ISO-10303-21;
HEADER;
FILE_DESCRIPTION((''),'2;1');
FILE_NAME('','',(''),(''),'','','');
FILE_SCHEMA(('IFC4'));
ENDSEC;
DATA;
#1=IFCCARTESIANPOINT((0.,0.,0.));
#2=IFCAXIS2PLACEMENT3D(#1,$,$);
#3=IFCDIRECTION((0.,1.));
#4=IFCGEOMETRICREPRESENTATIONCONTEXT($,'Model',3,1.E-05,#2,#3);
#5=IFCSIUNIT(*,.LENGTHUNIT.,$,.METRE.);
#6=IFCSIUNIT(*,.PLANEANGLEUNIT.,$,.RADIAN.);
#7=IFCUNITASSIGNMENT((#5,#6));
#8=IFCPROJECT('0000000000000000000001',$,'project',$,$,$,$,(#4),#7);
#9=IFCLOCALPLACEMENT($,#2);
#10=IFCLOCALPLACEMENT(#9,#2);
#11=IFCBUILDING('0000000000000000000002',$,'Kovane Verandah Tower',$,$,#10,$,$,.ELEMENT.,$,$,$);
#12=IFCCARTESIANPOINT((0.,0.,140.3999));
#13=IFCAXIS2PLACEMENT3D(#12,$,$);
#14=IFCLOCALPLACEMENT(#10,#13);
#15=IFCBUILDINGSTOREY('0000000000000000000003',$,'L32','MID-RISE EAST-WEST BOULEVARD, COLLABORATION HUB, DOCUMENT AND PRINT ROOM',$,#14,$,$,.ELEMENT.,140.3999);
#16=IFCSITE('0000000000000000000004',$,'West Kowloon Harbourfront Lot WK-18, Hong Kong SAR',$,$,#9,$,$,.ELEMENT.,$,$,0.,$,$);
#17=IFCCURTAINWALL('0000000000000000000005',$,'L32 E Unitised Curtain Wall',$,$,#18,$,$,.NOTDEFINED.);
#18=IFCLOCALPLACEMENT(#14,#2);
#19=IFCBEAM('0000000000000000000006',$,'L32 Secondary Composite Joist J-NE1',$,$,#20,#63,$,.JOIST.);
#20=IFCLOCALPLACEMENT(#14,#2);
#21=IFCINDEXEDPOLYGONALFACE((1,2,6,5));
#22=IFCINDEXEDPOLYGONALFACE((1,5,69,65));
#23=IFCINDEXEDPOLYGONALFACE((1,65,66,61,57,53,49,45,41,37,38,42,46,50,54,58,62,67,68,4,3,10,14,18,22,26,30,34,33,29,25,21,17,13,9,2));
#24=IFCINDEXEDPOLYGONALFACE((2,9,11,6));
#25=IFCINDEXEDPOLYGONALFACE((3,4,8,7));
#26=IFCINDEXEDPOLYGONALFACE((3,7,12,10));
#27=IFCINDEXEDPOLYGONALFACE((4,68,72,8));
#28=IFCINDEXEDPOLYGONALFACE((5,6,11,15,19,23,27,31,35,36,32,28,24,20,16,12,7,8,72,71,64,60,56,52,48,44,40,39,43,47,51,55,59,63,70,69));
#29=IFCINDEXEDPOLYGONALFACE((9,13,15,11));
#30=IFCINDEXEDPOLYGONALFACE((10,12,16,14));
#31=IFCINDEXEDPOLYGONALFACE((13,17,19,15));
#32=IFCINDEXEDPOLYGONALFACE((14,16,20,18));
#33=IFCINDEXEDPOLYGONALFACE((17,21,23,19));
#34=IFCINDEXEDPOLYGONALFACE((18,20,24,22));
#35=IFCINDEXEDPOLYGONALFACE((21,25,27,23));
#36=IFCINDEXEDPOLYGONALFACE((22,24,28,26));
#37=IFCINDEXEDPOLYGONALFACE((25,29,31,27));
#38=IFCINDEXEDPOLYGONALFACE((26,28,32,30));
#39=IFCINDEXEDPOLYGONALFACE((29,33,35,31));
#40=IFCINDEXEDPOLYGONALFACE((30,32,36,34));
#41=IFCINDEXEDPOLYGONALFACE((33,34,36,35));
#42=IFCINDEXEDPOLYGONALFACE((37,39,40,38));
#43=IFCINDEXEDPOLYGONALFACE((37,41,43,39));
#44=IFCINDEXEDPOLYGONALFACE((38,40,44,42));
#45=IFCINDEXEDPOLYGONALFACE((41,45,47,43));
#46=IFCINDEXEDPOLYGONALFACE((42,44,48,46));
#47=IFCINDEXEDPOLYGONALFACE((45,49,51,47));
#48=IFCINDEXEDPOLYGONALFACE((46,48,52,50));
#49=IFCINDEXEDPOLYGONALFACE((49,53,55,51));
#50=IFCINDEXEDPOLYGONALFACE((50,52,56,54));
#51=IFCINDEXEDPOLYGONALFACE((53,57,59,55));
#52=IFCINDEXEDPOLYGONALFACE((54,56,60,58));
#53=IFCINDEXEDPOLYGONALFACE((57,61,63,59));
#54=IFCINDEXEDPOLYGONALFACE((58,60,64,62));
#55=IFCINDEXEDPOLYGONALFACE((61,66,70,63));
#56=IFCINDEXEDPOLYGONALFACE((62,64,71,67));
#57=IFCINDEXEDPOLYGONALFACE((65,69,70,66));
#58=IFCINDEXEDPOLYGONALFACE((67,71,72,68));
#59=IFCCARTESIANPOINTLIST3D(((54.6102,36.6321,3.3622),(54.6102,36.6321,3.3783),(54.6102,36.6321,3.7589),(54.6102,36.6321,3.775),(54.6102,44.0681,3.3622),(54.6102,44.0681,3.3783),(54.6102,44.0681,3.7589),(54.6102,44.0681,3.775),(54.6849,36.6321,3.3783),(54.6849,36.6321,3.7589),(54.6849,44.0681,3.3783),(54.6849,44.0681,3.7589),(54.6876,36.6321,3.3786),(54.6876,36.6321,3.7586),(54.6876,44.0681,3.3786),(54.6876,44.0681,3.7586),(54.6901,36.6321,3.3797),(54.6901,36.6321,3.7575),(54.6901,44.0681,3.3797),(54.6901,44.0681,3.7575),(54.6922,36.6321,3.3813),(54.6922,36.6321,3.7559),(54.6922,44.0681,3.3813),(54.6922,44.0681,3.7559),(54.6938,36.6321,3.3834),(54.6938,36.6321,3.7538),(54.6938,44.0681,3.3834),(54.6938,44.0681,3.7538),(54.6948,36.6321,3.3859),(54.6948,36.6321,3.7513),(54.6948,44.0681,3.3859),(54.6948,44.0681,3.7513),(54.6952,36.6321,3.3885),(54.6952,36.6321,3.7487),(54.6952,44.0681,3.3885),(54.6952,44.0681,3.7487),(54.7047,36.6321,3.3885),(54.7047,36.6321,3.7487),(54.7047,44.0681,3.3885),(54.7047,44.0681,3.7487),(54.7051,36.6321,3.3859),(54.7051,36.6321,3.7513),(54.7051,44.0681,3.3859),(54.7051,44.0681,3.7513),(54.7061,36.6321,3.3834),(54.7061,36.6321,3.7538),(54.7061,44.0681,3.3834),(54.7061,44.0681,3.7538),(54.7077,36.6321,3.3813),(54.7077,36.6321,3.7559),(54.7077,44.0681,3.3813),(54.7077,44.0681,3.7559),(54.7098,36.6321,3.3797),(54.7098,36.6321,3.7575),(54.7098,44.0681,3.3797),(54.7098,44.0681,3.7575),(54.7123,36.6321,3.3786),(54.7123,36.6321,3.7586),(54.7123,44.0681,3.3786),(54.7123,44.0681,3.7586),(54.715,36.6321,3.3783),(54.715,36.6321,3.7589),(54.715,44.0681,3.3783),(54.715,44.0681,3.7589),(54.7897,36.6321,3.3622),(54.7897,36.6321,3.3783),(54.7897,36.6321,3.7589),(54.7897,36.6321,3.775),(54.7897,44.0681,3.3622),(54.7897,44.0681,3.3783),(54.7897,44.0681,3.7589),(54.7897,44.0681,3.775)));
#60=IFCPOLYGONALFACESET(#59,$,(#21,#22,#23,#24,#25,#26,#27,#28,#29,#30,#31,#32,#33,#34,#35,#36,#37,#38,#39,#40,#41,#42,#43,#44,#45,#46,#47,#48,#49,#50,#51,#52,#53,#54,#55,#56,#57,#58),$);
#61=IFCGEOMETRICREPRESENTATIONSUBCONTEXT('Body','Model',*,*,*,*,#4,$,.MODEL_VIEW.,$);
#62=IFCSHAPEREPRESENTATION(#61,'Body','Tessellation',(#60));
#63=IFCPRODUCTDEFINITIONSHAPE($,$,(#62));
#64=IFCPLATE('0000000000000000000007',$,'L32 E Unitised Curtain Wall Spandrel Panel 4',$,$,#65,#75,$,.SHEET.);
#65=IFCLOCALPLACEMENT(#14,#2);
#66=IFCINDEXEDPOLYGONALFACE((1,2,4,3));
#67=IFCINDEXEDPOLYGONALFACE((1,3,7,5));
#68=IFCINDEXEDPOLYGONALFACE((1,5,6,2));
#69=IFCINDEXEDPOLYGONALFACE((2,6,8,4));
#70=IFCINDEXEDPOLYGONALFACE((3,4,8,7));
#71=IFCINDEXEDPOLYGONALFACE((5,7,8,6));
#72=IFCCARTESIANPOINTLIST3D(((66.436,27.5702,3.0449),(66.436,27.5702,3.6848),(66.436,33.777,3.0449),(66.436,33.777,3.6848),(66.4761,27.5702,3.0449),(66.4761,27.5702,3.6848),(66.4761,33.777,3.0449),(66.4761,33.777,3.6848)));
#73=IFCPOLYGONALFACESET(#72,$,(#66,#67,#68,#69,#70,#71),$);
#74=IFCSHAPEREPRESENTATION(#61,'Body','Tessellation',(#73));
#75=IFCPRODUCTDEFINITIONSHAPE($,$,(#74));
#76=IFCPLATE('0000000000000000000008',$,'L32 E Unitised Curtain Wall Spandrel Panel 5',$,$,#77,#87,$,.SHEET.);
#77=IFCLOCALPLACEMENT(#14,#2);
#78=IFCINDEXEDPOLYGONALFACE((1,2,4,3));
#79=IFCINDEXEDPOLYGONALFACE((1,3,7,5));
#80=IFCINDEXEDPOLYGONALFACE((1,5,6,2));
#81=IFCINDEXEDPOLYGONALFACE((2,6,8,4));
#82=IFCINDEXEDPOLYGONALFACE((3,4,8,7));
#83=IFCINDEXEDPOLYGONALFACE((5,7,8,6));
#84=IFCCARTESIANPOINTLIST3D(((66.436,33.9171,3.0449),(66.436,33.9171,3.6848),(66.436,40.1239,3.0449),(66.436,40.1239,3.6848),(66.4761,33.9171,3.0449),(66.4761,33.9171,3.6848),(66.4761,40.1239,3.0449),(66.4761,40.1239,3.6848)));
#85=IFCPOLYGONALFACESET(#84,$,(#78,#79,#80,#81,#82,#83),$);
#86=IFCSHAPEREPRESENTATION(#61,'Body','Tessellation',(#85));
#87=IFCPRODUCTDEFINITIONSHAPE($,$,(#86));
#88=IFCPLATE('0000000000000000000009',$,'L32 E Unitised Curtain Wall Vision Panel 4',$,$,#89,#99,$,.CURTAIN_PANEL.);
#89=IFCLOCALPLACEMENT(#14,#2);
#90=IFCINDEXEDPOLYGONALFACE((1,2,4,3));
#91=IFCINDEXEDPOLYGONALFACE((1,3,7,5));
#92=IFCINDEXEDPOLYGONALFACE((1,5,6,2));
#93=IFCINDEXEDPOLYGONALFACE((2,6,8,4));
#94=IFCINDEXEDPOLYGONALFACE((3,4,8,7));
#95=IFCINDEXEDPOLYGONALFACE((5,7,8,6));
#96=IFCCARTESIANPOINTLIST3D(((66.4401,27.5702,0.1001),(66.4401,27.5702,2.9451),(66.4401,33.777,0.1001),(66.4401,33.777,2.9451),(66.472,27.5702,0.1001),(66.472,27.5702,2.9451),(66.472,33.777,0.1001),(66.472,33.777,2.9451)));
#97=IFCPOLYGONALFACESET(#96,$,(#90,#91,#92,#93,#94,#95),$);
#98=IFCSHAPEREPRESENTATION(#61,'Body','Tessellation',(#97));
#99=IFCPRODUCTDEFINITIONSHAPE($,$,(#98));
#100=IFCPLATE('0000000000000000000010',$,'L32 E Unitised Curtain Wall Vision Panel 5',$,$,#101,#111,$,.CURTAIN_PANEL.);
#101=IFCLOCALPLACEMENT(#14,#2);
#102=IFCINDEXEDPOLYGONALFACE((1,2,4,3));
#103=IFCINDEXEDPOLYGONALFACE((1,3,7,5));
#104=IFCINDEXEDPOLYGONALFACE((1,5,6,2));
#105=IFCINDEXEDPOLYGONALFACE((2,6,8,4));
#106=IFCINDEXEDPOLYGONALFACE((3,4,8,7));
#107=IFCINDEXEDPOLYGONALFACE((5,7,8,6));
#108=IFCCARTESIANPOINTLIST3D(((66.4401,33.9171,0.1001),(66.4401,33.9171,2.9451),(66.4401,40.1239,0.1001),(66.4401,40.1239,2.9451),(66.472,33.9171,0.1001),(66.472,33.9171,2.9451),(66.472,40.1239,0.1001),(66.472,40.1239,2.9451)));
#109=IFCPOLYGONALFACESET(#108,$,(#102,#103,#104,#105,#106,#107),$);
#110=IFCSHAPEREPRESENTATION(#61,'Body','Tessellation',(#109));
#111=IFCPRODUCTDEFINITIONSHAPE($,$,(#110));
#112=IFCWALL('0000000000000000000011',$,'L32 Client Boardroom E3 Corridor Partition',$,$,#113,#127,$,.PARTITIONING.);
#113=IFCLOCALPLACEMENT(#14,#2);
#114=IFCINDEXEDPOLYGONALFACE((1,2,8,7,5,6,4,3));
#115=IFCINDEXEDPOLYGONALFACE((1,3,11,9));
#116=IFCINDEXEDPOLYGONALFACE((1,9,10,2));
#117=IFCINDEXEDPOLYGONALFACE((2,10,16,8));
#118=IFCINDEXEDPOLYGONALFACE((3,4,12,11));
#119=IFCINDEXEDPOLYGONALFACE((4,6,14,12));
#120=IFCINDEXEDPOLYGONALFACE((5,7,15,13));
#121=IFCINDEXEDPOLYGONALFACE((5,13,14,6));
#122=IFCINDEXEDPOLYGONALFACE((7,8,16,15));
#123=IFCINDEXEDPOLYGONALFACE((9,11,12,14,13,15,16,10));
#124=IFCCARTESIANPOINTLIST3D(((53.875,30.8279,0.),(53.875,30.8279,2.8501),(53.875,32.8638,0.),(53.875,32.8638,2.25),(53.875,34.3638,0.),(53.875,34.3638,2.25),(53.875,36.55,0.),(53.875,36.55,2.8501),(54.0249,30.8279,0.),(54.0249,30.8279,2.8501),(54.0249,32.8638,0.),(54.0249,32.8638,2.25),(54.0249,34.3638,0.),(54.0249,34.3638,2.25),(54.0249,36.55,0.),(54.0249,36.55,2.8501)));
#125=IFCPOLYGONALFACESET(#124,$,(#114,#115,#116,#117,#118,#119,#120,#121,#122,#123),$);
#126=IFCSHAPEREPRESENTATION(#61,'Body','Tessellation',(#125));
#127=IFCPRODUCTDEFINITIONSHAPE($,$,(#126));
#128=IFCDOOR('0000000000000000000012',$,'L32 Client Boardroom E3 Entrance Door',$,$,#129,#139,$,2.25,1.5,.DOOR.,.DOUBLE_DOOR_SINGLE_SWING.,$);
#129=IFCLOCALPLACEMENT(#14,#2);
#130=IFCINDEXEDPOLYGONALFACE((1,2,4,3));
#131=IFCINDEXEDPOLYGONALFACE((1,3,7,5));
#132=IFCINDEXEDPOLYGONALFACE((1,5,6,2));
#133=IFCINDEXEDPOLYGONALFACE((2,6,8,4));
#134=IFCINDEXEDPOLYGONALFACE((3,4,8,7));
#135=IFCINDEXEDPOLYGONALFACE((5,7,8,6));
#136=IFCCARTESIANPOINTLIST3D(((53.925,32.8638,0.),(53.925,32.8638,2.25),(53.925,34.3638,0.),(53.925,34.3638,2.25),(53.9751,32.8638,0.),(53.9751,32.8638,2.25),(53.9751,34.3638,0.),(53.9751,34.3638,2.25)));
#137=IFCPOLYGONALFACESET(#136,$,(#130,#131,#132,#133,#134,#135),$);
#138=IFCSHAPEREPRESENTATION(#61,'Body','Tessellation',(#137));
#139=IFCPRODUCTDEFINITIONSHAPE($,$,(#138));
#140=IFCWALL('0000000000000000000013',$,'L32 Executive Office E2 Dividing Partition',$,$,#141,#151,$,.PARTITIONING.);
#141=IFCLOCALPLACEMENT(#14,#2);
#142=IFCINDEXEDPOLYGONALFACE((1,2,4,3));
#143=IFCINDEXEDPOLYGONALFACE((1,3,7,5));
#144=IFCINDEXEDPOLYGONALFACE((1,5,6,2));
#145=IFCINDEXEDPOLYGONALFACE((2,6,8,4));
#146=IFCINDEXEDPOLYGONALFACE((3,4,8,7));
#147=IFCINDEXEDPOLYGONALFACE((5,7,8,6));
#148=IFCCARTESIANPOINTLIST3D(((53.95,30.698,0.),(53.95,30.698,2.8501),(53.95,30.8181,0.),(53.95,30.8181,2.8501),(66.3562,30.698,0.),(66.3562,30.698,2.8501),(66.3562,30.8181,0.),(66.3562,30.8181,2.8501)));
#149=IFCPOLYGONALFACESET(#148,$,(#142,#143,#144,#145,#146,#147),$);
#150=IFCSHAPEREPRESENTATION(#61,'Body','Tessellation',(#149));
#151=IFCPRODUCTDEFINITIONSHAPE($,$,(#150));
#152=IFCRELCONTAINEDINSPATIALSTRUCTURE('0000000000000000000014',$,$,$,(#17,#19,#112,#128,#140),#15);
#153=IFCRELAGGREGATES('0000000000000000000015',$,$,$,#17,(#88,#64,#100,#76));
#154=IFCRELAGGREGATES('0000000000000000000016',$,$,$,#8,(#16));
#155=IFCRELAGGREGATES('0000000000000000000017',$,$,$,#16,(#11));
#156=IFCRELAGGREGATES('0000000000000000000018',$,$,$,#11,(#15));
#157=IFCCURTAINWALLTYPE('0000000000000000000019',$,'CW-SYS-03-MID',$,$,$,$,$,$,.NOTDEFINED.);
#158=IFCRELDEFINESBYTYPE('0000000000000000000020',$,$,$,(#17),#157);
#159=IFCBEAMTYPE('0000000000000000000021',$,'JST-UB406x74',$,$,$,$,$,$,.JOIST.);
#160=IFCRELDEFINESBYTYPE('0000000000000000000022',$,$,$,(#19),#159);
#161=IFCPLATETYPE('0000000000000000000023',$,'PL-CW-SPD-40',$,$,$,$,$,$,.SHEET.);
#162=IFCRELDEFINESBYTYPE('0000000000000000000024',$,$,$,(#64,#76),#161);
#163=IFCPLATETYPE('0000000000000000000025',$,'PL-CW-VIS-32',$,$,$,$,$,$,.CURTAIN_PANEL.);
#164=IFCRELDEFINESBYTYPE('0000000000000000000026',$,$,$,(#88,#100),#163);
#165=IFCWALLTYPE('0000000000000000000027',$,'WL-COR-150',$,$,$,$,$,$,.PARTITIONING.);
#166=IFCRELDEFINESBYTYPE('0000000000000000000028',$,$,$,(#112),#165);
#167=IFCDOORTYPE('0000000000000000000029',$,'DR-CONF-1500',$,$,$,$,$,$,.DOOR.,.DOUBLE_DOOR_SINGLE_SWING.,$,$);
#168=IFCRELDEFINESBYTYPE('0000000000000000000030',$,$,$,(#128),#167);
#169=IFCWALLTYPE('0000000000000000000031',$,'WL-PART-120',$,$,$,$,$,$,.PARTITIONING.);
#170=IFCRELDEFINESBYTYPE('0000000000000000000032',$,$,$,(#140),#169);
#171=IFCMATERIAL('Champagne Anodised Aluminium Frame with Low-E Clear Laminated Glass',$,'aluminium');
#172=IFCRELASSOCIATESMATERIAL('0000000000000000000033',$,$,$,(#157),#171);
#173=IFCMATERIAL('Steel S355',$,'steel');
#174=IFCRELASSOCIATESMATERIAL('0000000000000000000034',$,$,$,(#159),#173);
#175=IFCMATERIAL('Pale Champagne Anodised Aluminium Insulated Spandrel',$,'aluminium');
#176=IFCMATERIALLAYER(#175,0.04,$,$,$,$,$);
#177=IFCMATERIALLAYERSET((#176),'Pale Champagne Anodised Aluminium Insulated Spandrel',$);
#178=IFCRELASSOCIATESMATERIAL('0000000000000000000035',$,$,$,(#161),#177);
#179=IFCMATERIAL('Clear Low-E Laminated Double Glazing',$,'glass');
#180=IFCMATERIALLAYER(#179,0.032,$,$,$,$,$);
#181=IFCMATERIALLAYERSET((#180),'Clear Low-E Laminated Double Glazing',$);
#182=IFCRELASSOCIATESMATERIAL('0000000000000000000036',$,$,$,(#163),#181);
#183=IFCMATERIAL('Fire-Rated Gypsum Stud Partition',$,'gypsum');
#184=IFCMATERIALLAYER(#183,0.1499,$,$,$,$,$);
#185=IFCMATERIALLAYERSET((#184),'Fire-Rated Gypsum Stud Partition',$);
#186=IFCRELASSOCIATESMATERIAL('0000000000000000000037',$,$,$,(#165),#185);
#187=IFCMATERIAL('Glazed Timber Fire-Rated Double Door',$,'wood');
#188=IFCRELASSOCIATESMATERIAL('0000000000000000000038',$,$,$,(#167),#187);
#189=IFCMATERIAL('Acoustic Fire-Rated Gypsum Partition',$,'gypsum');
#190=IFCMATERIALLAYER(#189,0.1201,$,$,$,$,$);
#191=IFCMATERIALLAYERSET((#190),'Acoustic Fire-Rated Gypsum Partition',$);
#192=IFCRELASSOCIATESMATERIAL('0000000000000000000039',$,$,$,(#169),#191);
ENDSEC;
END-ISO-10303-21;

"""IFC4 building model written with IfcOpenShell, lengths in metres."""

from ifc_helpers import new_model, si_unit, direction, frame, frame_2d, origin, origin_2d, place, context, subcontext, project, spatial, rectangle, i_section, extrude, material, layer, layer_set, material_profile, profile_set, type_object, element, fill, aggregate, save


model = new_model("IFC4")

# Units and contexts
model_context = context("Model", 3, precision=1e-05, world=origin(), true_north=direction((0.0, 1.0)))
body_context = subcontext(model_context, "Body", "Model", "MODEL_VIEW")
ifc_project = project(units=[si_unit("LENGTHUNIT", "METRE"), si_unit("PLANEANGLEUNIT", "RADIAN")], contexts=[model_context])

# Site, building, storey
site_placement = place(None, origin())
site = spatial("IfcSite", under=ifc_project, at=site_placement, Name="West Kowloon Harbourfront Lot WK-18, Hong Kong SAR", CompositionType="ELEMENT", RefElevation=0.0)
building_placement = place(site_placement, origin())
building = spatial("IfcBuilding", under=site, at=building_placement, Name="Kovane Verandah Tower", CompositionType="ELEMENT")
storey_placement = place(building_placement, frame((0.0, 0.0, 140.3999)))
storey = spatial("IfcBuildingStorey", under=building, at=storey_placement, Name="L32", Description="MID-RISE EAST-WEST BOULEVARD, COLLABORATION HUB, DOCUMENT AND PRINT ROOM", CompositionType="ELEMENT", Elevation=140.3999)

# Shared definitions
ifc_material_1 = material(Name="Steel S355", Category="steel")

# Curtain wall
ifc_material_2 = material(Name="Champagne Anodised Aluminium Frame with Low-E Clear Laminated Glass", Category="aluminium")
curtain_wall_type = type_object("IfcCurtainWallType", Name="CW-SYS-03-MID", PredefinedType="NOTDEFINED", material=ifc_material_2)
curtain_wall_placement = place(storey_placement, origin())
curtain_wall = element("IfcCurtainWall", 1, at=curtain_wall_placement, inside=storey, type_object=curtain_wall_type, Name="L32 E Unitised Curtain Wall", PredefinedType="NOTDEFINED")

# Beam
ifc_material_profile_1 = material_profile(ifc_material_1, i_section(OverallWidth=0.1794, OverallDepth=0.4128, WebThickness=0.0095, FlangeThickness=0.0161, FilletRadius=0.0103, at=origin_2d()), Name="UB406x178x74")
ifc_profile_set_1 = profile_set([ifc_material_profile_1], Name="Steel S355")
beam_type_1 = type_object("IfcBeamType", Name="JST-UB406x74", PredefinedType="JOIST", material=ifc_profile_set_1)
beam_1_placement = place(storey_placement, frame((54.7, 36.6321, 3.5686), z_axis=(0.0, 1.0, 0.0), x_axis=(-1.0, 0.0, 0.0)))
element("IfcBeam", 2, at=beam_1_placement, inside=storey, type_object=beam_type_1, Name="L32 Secondary Composite Joist J-NE1", PredefinedType="JOIST", context=body_context, shape_type="SweptSolid", body=[
    extrude(i_section(OverallWidth=0.1794, OverallDepth=0.4128, WebThickness=0.0095, FlangeThickness=0.0161, FilletRadius=0.0103, at=origin_2d()), origin(), (0.0, 0.0, 1.0), 7.436),
])

# Plates
ifc_material_3 = material(Name="Pale Champagne Anodised Aluminium Insulated Spandrel", Category="aluminium")
ifc_layer_1 = layer(ifc_material_3, 0.04)
ifc_layer_set_1 = layer_set([ifc_layer_1], Name="Pale Champagne Anodised Aluminium Insulated Spandrel")
plate_type_1 = type_object("IfcPlateType", Name="PL-CW-SPD-40", PredefinedType="SHEET", material=ifc_layer_set_1)
plate_1_placement = place(storey_placement, frame((66.4561, 30.6736, 3.0449), z_axis=(0.0, 0.0, 1.0), x_axis=(0.0, 1.0, 0.0)))
plate_1 = element("IfcPlate", 3, at=plate_1_placement, type_object=plate_type_1, Name="L32 E Unitised Curtain Wall Spandrel Panel 4", PredefinedType="SHEET", context=body_context, shape_type="SweptSolid", body=[
    extrude(rectangle(XDim=6.2068, YDim=0.04, at=origin_2d()), origin(), (0.0, 0.0, 1.0), 0.6399),
])
plate_2_placement = place(storey_placement, frame((66.4561, 37.0205, 3.0449), z_axis=(0.0, 0.0, 1.0), x_axis=(0.0, 1.0, 0.0)))
plate_2 = element("IfcPlate", 4, at=plate_2_placement, type_object=plate_type_1, Name="L32 E Unitised Curtain Wall Spandrel Panel 5", PredefinedType="SHEET", context=body_context, shape_type="SweptSolid", body=[
    extrude(rectangle(XDim=6.2068, YDim=0.04, at=origin_2d()), origin(), (0.0, 0.0, 1.0), 0.6399),
])
ifc_material_4 = material(Name="Clear Low-E Laminated Double Glazing", Category="glass")
ifc_layer_2 = layer(ifc_material_4, 0.032)
ifc_layer_set_2 = layer_set([ifc_layer_2], Name="Clear Low-E Laminated Double Glazing")
plate_type_2 = type_object("IfcPlateType", Name="PL-CW-VIS-32", PredefinedType="CURTAIN_PANEL", material=ifc_layer_set_2)
plate_3_placement = place(storey_placement, frame((66.4561, 30.6736, 0.1001), z_axis=(0.0, 0.0, 1.0), x_axis=(0.0, 1.0, 0.0)))
plate_3 = element("IfcPlate", 5, at=plate_3_placement, type_object=plate_type_2, Name="L32 E Unitised Curtain Wall Vision Panel 4", PredefinedType="CURTAIN_PANEL", context=body_context, shape_type="SweptSolid", body=[
    extrude(rectangle(XDim=6.2068, YDim=0.032, at=origin_2d()), origin(), (0.0, 0.0, 1.0), 2.845),
])
plate_4_placement = place(storey_placement, frame((66.4561, 37.0205, 0.1001), z_axis=(0.0, 0.0, 1.0), x_axis=(0.0, 1.0, 0.0)))
plate_4 = element("IfcPlate", 6, at=plate_4_placement, type_object=plate_type_2, Name="L32 E Unitised Curtain Wall Vision Panel 5", PredefinedType="CURTAIN_PANEL", context=body_context, shape_type="SweptSolid", body=[
    extrude(rectangle(XDim=6.2068, YDim=0.032, at=origin_2d()), origin(), (0.0, 0.0, 1.0), 2.845),
])
aggregate(curtain_wall, [plate_3, plate_1, plate_4, plate_2])

# Wall, opening, door
ifc_material_5 = material(Name="Fire-Rated Gypsum Stud Partition", Category="gypsum")
ifc_layer_3 = layer(ifc_material_5, 0.1499)
ifc_layer_set_3 = layer_set([ifc_layer_3], Name="Fire-Rated Gypsum Stud Partition")
wall_type_1 = type_object("IfcWallType", Name="WL-COR-150", PredefinedType="PARTITIONING", material=ifc_layer_set_3)
wall_1_placement = place(storey_placement, frame((53.95, 30.8279, 0.0), z_axis=(0.0, 0.0, 1.0), x_axis=(0.0, 1.0, 0.0)))
wall_1 = element("IfcWall", 7, at=wall_1_placement, inside=storey, type_object=wall_type_1, Name="L32 Client Boardroom E3 Corridor Partition", PredefinedType="PARTITIONING", context=body_context, shape_type="SweptSolid", body=[
    extrude(rectangle(XDim=5.7222, YDim=0.1499, at=frame_2d((2.8611, 0.0))), origin(), (0.0, 0.0, 1.0), 2.8501),
])
opening_placement = place(wall_1_placement, frame((2.0359, 0.0, 0.0)))
opening = element("IfcOpeningElement", 8, at=opening_placement, cuts=wall_1, PredefinedType="OPENING", context=body_context, shape_type="SweptSolid", body=[
    extrude(rectangle(XDim=1.5, YDim=2.25, at=frame_2d((0.75, 1.125))), frame((0.0, 0.075, 0.0), z_axis=(0.0, -1.0, 0.0), x_axis=(1.0, 0.0, 0.0)), (0.0, 0.0, 1.0), 0.1499),
])
ifc_material_6 = material(Name="Glazed Timber Fire-Rated Double Door", Category="wood")
door_type = type_object("IfcDoorType", Name="DR-CONF-1500", OperationType="DOUBLE_DOOR_SINGLE_SWING", PredefinedType="DOOR", material=ifc_material_6)
door_placement = place(opening_placement, origin())
door = element("IfcDoor", 9, at=door_placement, inside=storey, type_object=door_type, Name="L32 Client Boardroom E3 Entrance Door", OperationType="DOUBLE_DOOR_SINGLE_SWING", OverallHeight=2.25, OverallWidth=1.5, PredefinedType="DOOR", context=body_context, shape_type="SweptSolid", body=[
    extrude(rectangle(XDim=1.5, YDim=2.25, at=frame_2d((0.75, 1.125))), frame((0.0, 0.0249, 0.0), z_axis=(0.0, -1.0, 0.0), x_axis=(1.0, 0.0, 0.0)), (0.0, 0.0, 1.0), 0.05),
])
fill(opening, door)

# Wall
ifc_material_7 = material(Name="Acoustic Fire-Rated Gypsum Partition", Category="gypsum")
ifc_layer_4 = layer(ifc_material_7, 0.1201)
ifc_layer_set_4 = layer_set([ifc_layer_4], Name="Acoustic Fire-Rated Gypsum Partition")
wall_type_2 = type_object("IfcWallType", Name="WL-PART-120", PredefinedType="PARTITIONING", material=ifc_layer_set_4)
wall_2_placement = place(storey_placement, frame((53.95, 30.7581, 0.0), z_axis=(0.0, 0.0, 1.0), x_axis=(1.0, 0.0, 0.0)))
element("IfcWall", 10, at=wall_2_placement, inside=storey, type_object=wall_type_2, Name="L32 Executive Office E2 Dividing Partition", PredefinedType="PARTITIONING", context=body_context, shape_type="SweptSolid", body=[
    extrude(rectangle(XDim=12.4062, YDim=0.1201, at=frame_2d((6.2031, 0.0))), origin(), (0.0, 0.0, 1.0), 2.8501),
])

save(model, "model.ifc")
